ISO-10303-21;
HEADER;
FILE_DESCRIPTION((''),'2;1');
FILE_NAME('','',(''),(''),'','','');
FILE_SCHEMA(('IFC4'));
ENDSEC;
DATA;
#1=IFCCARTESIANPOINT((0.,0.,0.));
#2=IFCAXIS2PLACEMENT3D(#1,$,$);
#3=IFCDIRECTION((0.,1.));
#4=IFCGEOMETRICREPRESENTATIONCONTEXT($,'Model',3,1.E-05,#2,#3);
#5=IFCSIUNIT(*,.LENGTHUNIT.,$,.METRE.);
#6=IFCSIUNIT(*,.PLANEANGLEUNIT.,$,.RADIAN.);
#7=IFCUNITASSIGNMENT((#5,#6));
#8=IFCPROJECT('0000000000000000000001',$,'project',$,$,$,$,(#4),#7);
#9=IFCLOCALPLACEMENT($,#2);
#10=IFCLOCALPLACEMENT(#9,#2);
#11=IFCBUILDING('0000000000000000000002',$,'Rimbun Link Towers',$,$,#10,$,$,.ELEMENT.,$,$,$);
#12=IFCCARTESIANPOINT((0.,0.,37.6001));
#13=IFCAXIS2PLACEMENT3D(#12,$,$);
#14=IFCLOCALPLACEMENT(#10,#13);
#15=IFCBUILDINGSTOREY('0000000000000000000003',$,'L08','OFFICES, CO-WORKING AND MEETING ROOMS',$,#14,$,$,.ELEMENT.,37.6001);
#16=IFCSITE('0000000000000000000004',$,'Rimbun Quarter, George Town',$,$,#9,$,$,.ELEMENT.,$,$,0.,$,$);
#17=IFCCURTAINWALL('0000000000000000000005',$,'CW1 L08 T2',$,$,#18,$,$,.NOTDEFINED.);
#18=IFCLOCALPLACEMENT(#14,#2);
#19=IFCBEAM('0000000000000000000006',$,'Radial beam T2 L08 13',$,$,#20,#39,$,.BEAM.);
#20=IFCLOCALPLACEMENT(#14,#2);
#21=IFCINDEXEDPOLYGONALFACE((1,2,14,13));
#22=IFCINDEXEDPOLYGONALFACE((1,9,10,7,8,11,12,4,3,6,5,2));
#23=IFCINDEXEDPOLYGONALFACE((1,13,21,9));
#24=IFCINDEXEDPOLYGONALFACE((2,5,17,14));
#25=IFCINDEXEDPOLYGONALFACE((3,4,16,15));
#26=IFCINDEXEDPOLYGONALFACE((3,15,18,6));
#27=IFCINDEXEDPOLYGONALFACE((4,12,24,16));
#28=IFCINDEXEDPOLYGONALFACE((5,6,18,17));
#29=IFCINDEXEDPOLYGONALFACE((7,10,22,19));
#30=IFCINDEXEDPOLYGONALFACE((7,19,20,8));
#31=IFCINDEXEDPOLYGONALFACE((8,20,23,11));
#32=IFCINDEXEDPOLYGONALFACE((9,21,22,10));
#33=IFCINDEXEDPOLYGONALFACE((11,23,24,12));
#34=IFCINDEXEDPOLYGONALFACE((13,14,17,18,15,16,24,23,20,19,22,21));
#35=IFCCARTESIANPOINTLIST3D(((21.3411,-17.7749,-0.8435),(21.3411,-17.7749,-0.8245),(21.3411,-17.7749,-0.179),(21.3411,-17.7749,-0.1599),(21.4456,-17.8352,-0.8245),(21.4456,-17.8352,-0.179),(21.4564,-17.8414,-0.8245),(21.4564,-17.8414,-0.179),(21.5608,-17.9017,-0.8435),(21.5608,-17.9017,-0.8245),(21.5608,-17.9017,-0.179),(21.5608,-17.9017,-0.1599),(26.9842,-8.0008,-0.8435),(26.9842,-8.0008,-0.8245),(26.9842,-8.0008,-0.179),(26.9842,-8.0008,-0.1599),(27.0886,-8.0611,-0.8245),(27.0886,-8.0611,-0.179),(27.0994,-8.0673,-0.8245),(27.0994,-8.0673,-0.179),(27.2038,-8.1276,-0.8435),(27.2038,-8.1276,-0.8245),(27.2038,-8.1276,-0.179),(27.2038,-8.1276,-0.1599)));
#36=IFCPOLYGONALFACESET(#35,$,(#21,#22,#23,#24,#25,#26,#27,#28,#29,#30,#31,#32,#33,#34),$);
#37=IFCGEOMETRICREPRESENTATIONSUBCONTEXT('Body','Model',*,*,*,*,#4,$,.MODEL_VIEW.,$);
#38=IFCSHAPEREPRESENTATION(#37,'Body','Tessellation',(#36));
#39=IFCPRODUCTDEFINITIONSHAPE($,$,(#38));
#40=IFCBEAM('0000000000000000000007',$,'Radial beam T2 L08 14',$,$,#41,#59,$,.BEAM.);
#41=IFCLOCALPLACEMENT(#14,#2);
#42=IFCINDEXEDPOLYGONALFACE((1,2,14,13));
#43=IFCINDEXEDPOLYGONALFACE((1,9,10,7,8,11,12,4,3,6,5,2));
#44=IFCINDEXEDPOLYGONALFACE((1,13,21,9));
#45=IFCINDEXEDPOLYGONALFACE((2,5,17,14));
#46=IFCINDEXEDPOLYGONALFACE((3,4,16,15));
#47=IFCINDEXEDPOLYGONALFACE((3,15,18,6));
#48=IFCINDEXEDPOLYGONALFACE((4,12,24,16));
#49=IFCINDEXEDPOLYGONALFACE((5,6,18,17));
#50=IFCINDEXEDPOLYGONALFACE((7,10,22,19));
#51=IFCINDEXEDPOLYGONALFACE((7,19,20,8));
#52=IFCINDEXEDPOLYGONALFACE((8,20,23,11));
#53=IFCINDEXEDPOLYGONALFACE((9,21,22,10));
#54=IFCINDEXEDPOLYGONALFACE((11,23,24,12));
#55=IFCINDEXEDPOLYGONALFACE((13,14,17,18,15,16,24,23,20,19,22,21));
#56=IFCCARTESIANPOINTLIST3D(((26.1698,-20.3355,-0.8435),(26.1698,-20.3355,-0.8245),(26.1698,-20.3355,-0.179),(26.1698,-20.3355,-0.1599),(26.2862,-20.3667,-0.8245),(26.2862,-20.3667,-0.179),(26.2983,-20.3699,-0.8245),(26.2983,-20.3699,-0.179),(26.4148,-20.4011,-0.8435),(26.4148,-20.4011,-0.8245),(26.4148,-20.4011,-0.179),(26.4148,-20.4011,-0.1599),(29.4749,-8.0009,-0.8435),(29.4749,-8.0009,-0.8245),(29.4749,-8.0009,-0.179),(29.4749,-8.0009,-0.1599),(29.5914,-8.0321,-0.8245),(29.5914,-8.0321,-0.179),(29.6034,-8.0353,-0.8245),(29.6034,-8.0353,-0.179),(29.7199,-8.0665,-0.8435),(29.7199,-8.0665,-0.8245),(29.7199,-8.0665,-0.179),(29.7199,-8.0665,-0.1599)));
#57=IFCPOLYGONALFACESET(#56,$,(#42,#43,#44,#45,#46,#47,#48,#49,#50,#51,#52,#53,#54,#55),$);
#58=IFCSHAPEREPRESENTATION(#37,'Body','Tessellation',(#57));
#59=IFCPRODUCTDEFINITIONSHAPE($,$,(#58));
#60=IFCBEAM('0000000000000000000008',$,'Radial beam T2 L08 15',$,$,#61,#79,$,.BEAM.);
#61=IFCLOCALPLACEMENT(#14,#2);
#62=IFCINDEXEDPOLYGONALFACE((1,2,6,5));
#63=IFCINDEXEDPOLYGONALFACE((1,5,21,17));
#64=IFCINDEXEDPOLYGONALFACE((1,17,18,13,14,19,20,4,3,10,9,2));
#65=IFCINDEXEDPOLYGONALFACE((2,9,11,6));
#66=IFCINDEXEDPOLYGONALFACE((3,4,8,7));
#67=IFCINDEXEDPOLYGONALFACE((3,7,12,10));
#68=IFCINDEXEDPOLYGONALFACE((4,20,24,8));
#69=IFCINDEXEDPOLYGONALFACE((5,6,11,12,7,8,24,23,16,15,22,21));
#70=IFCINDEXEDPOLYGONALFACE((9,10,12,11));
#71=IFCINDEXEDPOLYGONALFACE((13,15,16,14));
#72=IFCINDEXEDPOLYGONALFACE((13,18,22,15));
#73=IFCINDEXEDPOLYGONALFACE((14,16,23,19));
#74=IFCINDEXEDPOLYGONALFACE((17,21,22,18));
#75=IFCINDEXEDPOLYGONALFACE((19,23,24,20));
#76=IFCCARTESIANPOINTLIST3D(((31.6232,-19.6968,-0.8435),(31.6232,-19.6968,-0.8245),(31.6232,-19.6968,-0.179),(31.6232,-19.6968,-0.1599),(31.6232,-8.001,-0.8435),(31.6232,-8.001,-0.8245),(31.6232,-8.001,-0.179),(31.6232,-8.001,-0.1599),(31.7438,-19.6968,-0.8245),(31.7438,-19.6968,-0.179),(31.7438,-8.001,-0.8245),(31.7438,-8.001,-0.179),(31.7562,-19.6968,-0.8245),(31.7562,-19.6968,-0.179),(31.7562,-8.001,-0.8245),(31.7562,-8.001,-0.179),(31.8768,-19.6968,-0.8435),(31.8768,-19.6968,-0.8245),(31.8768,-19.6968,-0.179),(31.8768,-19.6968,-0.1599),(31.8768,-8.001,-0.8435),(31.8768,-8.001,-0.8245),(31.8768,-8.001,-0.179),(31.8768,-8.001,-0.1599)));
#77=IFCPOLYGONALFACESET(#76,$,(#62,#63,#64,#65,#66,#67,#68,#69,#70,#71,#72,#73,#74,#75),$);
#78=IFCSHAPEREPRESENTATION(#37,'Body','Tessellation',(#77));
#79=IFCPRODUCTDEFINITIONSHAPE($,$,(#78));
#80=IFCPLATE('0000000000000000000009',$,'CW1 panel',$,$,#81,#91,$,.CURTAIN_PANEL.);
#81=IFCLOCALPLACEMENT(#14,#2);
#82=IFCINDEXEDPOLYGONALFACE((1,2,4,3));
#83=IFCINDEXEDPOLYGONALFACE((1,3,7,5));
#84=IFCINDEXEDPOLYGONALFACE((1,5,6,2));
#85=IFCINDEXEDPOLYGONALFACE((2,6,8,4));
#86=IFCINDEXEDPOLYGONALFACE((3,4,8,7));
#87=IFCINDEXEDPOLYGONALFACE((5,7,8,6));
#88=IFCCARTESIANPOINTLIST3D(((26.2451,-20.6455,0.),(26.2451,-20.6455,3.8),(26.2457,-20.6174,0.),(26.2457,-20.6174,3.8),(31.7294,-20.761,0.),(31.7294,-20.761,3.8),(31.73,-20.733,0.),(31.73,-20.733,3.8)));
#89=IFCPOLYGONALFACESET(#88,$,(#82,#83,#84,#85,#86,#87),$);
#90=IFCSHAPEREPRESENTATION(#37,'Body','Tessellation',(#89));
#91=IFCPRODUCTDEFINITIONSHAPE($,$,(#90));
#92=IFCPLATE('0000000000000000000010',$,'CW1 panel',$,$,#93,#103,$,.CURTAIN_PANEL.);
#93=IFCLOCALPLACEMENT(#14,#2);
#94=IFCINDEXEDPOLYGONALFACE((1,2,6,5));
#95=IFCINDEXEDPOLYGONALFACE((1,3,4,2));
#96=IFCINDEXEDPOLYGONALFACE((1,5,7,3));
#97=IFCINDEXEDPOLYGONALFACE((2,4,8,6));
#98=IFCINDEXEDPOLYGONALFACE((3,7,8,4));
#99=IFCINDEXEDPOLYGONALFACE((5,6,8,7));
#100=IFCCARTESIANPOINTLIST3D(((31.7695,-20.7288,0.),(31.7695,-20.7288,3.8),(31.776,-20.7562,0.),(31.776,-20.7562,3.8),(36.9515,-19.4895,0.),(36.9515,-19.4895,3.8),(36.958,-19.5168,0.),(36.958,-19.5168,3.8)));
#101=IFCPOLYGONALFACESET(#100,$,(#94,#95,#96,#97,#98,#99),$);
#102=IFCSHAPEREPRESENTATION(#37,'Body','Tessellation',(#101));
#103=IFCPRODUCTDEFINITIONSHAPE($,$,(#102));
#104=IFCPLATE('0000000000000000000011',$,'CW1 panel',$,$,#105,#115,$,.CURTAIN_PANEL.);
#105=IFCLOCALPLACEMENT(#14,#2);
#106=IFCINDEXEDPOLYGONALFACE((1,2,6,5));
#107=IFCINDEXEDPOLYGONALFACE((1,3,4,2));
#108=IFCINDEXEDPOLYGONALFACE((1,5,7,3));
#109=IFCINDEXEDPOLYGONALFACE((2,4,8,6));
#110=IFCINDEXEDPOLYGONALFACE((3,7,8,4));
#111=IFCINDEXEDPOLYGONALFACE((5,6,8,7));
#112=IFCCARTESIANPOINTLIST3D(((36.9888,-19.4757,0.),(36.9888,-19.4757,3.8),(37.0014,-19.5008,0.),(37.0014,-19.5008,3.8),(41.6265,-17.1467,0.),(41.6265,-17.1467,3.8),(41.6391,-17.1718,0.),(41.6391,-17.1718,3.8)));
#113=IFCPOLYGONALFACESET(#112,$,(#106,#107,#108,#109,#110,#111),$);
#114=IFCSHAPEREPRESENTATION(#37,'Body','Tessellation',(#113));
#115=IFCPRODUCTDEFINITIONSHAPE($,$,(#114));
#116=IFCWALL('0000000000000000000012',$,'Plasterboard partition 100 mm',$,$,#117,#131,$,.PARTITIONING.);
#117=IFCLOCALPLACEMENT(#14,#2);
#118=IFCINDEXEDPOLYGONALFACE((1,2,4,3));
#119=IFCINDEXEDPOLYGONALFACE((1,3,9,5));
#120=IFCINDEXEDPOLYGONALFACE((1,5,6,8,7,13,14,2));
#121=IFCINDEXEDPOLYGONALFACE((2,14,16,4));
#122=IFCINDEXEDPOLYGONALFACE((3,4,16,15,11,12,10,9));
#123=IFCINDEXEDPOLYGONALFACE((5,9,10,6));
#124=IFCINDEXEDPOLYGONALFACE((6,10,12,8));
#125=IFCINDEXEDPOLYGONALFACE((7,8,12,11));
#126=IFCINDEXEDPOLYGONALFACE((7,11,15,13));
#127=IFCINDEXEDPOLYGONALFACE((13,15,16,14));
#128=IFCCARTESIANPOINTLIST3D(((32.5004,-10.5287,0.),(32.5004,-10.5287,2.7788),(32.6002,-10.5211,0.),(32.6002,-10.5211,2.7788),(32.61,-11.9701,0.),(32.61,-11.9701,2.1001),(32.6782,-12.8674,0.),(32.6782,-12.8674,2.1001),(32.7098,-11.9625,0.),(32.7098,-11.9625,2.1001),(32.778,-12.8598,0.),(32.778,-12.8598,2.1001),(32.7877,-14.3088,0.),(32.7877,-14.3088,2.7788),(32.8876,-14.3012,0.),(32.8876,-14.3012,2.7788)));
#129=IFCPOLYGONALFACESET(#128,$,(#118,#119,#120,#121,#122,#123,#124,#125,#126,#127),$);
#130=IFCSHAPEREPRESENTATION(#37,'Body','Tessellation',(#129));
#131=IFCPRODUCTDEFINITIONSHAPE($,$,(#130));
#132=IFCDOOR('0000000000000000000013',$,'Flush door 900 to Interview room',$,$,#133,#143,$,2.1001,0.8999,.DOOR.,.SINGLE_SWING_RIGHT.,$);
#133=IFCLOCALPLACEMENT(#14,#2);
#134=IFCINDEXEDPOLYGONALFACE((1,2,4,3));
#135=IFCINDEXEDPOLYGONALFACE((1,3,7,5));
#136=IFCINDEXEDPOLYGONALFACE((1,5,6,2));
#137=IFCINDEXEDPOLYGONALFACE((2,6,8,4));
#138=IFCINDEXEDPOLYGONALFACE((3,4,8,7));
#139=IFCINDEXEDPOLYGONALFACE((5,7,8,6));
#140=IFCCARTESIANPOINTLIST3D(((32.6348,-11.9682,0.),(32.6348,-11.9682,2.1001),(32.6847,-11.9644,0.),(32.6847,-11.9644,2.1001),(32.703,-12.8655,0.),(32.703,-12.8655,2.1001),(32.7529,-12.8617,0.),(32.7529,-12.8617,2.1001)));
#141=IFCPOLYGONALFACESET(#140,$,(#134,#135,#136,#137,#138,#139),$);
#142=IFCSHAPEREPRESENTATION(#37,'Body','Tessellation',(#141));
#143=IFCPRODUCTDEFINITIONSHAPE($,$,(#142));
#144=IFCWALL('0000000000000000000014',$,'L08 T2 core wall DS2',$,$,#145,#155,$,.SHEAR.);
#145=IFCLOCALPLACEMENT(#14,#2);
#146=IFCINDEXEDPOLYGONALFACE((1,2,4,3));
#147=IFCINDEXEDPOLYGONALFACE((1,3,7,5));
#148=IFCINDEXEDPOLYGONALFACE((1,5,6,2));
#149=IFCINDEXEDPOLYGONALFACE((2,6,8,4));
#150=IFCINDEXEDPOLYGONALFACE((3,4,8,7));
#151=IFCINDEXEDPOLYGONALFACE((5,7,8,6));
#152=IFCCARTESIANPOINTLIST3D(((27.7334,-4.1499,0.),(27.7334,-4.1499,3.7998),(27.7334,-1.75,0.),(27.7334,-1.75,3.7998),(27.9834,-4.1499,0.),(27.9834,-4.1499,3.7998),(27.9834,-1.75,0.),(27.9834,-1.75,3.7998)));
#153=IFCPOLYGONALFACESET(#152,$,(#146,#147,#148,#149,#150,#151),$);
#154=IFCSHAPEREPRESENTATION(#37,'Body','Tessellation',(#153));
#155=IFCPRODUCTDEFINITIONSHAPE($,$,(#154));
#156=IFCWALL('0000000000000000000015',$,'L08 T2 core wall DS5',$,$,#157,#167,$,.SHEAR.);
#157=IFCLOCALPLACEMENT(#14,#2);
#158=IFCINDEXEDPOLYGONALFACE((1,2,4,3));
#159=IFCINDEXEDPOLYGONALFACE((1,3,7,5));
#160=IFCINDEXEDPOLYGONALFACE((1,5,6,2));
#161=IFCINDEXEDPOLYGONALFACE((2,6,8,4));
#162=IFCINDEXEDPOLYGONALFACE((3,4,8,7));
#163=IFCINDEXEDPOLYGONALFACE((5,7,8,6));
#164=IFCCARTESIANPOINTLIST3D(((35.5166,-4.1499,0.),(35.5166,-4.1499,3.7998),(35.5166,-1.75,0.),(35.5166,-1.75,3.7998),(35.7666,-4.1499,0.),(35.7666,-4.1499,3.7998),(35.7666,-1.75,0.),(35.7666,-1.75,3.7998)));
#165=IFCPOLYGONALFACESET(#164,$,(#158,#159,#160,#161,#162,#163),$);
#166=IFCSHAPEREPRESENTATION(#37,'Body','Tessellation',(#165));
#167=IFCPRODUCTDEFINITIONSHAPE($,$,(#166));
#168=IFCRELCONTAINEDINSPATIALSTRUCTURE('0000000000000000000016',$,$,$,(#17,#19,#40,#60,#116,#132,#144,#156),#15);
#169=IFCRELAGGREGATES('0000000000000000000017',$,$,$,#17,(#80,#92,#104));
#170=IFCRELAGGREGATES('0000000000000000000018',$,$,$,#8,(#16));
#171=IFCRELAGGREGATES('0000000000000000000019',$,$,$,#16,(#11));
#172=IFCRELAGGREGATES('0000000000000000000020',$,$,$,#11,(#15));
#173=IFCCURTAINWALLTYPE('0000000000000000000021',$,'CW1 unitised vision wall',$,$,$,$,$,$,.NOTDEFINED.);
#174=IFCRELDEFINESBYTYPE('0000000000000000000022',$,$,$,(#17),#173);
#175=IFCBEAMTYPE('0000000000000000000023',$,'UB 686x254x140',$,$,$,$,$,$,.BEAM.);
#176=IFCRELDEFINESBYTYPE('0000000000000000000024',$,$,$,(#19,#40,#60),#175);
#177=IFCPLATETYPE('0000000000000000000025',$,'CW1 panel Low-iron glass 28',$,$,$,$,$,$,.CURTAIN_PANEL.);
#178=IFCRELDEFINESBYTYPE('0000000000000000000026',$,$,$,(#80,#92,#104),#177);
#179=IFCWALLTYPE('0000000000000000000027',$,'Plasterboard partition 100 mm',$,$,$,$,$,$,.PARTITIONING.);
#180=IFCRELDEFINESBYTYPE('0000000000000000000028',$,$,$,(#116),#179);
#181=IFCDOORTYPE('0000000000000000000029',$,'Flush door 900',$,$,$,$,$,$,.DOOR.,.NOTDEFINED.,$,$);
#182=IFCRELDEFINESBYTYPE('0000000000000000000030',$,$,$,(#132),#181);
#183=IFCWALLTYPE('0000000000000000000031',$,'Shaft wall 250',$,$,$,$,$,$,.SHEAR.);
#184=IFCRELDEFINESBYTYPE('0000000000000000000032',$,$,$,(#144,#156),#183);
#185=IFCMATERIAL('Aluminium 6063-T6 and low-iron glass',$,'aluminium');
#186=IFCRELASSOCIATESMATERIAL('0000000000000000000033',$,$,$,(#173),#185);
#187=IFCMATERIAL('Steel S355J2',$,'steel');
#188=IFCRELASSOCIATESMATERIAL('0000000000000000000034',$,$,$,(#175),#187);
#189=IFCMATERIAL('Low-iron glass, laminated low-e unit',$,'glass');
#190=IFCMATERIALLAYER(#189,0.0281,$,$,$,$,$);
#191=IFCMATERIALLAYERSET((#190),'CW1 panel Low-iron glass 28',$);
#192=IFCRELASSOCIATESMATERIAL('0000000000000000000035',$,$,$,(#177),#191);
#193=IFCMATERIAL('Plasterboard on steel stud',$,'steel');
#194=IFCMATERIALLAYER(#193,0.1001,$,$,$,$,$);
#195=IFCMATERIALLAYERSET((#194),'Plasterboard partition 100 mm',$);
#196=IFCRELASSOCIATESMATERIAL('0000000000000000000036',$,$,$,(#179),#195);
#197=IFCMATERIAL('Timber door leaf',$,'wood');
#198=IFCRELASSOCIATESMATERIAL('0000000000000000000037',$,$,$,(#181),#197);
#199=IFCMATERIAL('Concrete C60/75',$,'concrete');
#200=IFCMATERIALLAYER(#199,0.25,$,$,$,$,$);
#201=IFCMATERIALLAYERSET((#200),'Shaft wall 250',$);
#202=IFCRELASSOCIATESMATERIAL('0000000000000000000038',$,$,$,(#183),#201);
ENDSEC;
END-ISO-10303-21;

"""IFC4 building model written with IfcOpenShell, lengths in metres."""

from ifc_helpers import new_model, si_unit, direction, frame, frame_2d, origin, origin_2d, place, context, subcontext, project, spatial, rectangle, i_section, extrude, material, layer, layer_set, material_profile, profile_set, type_object, element, fill, aggregate, save


model = new_model("IFC4")

# Units and contexts
model_context = context("Model", 3, precision=1e-05, world=origin(), true_north=direction((0.0, 1.0)))
body_context = subcontext(model_context, "Body", "Model", "MODEL_VIEW")
ifc_project = project(units=[si_unit("LENGTHUNIT", "METRE"), si_unit("PLANEANGLEUNIT", "RADIAN")], contexts=[model_context])

# Site, building, storey
site_placement = place(None, origin())
site = spatial("IfcSite", under=ifc_project, at=site_placement, Name="Rimbun Quarter, George Town", CompositionType="ELEMENT", RefElevation=0.0)
building_placement = place(site_placement, origin())
building = spatial("IfcBuilding", under=site, at=building_placement, Name="Rimbun Link Towers", CompositionType="ELEMENT")
storey_placement = place(building_placement, frame((0.0, 0.0, 37.6001)))
storey = spatial("IfcBuildingStorey", under=building, at=storey_placement, Name="L08", Description="OFFICES, CO-WORKING AND MEETING ROOMS", CompositionType="ELEMENT", Elevation=37.6001)

# Curtain wall
ifc_material_1 = material(Name="Aluminium 6063-T6 and low-iron glass", Category="aluminium")
curtain_wall_type = type_object("IfcCurtainWallType", Name="CW1 unitised vision wall", PredefinedType="NOTDEFINED", material=ifc_material_1)
curtain_wall_placement = place(storey_placement, origin())
curtain_wall = element("IfcCurtainWall", 1, at=curtain_wall_placement, inside=storey, type_object=curtain_wall_type, Name="CW1 L08 T2", PredefinedType="NOTDEFINED")

# Beams
ifc_material_2 = material(Name="Steel S355J2", Category="steel")
ifc_material_profile_1 = material_profile(ifc_material_2, i_section(OverallWidth=0.2537, OverallDepth=0.6836, WebThickness=0.0125, FlangeThickness=0.019, at=origin_2d()), Name="UB 686x254x140")
ifc_profile_set_1 = profile_set([ifc_material_profile_1], Name="Steel S355J2")
beam_type_1 = type_object("IfcBeamType", Name="UB 686x254x140", PredefinedType="BEAM", material=ifc_profile_set_1)
beam_1_placement = place(storey_placement, frame((27.094, -8.0642, -0.5017), z_axis=(-0.499996, -0.866027, 0.0), x_axis=(0.866027, -0.499996, 0.0)))
element("IfcBeam", 2, at=beam_1_placement, inside=storey, type_object=beam_type_1, Name="Radial beam T2 L08 13", PredefinedType="BEAM", context=body_context, shape_type="SweptSolid", body=[
    extrude(i_section(OverallWidth=0.2537, OverallDepth=0.6836, WebThickness=0.0125, FlangeThickness=0.019, at=origin_2d()), origin(), (0.0, 0.0, 1.0), 11.2861),
])
beam_2_placement = place(storey_placement, frame((29.5974, -8.0337, -0.5017), z_axis=(-0.258826, -0.965924, 0.0), x_axis=(0.965924, -0.258826, 0.0)))
element("IfcBeam", 3, at=beam_2_placement, inside=storey, type_object=beam_type_1, Name="Radial beam T2 L08 14", PredefinedType="BEAM", context=body_context, shape_type="SweptSolid", body=[
    extrude(i_section(OverallWidth=0.2537, OverallDepth=0.6836, WebThickness=0.0125, FlangeThickness=0.019, at=origin_2d()), origin(), (0.0, 0.0, 1.0), 12.7698),
])
beam_3_placement = place(storey_placement, frame((31.75, -8.001, -0.5017), z_axis=(0.0, -1.0, 0.0), x_axis=(1.0, 0.0, 0.0)))
element("IfcBeam", 4, at=beam_3_placement, inside=storey, type_object=beam_type_1, Name="Radial beam T2 L08 15", PredefinedType="BEAM", context=body_context, shape_type="SweptSolid", body=[
    extrude(i_section(OverallWidth=0.2537, OverallDepth=0.6836, WebThickness=0.0125, FlangeThickness=0.019, at=origin_2d()), origin(), (0.0, 0.0, 1.0), 11.6958),
])

# Plates
ifc_material_3 = material(Name="Low-iron glass, laminated low-e unit", Category="glass")
ifc_layer_1 = layer(ifc_material_3, 0.0281)
ifc_layer_set_1 = layer_set([ifc_layer_1], Name="CW1 panel Low-iron glass 28")
plate_type = type_object("IfcPlateType", Name="CW1 panel Low-iron glass 28", PredefinedType="CURTAIN_PANEL", material=ifc_layer_set_1)
plate_1_placement = place(storey_placement, frame((28.9875, -20.6892, 0.0), z_axis=(0.0, 0.0, 1.0), x_axis=(-0.999778, 0.021066, 0.0)))
plate_1 = element("IfcPlate", 5, at=plate_1_placement, type_object=plate_type, Name="CW1 panel", PredefinedType="CURTAIN_PANEL", context=body_context, shape_type="SweptSolid", body=[
    extrude(rectangle(XDim=5.4856, YDim=0.0281, at=origin_2d()), origin(), (0.0, 0.0, 1.0), 3.8),
])
plate_2_placement = place(storey_placement, frame((34.3638, -20.1228, 0.0), z_axis=(0.0, 0.0, 1.0), x_axis=(-0.972569, -0.232613, 0.0)))
plate_2 = element("IfcPlate", 6, at=plate_2_placement, type_object=plate_type, Name="CW1 panel", PredefinedType="CURTAIN_PANEL", context=body_context, shape_type="SweptSolid", body=[
    extrude(rectangle(XDim=5.3281, YDim=0.0281, at=origin_2d()), origin(), (0.0, 0.0, 1.0), 3.8),
])
plate_3_placement = place(storey_placement, frame((39.314, -18.3237, 0.0), z_axis=(0.0, 0.0, 1.0), x_axis=(-0.893646, -0.448773, 0.0)))
plate_3 = element("IfcPlate", 7, at=plate_3_placement, type_object=plate_type, Name="CW1 panel", PredefinedType="CURTAIN_PANEL", context=body_context, shape_type="SweptSolid", body=[
    extrude(rectangle(XDim=5.1897, YDim=0.0281, at=origin_2d()), origin(), (0.0, 0.0, 1.0), 3.8),
])
aggregate(curtain_wall, [plate_1, plate_2, plate_3])

# Wall, opening, door
ifc_material_4 = material(Name="Plasterboard on steel stud", Category="steel")
ifc_layer_2 = layer(ifc_material_4, 0.1001)
ifc_layer_set_2 = layer_set([ifc_layer_2], Name="Plasterboard partition 100 mm")
wall_type_1 = type_object("IfcWallType", Name="Plasterboard partition 100 mm", PredefinedType="PARTITIONING", material=ifc_layer_set_2)
wall_1_placement = place(storey_placement, frame((32.5503, -10.5249, 0.0), z_axis=(0.0, 0.0, 1.0), x_axis=(0.0758, -0.997123, 0.0)))
wall_1 = element("IfcWall", 8, at=wall_1_placement, inside=storey, type_object=wall_type_1, Name="Plasterboard partition 100 mm", PredefinedType="PARTITIONING", context=body_context, shape_type="SweptSolid", body=[
    extrude(rectangle(XDim=3.791, YDim=0.1001, at=frame_2d((1.8955, 0.0))), origin(), (0.0, 0.0, 1.0), 2.7788),
])
opening_1_placement = place(wall_1_placement, frame((1.4456, 0.0, 0.0)))
opening_1 = element("IfcOpeningElement", 9, at=opening_1_placement, cuts=wall_1, PredefinedType="OPENING", context=body_context, shape_type="SweptSolid", body=[
    extrude(rectangle(XDim=0.8999, YDim=2.1001, at=frame_2d((0.45, 1.05))), frame((0.0, 0.0601, 0.0), z_axis=(0.0, -1.0, 0.0), x_axis=(1.0, 0.0, 0.0)), (0.0, 0.0, 1.0), 0.1201),
])
ifc_material_5 = material(Name="Timber door leaf", Category="wood")
door_type_1 = type_object("IfcDoorType", Name="Flush door 900", OperationType="NOTDEFINED", PredefinedType="DOOR", material=ifc_material_5)
door_1_placement = place(opening_1_placement, origin())
door_1 = element("IfcDoor", 10, at=door_1_placement, inside=storey, type_object=door_type_1, Name="Flush door 900 to Interview room", OperationType="SINGLE_SWING_RIGHT", OverallHeight=2.1001, OverallWidth=0.8999, PredefinedType="DOOR", context=body_context, shape_type="SweptSolid", body=[
    extrude(rectangle(XDim=0.8999, YDim=2.1001, at=frame_2d((0.45, 1.05))), frame((0.0, 0.0249, 0.0), z_axis=(0.0, -1.0, 0.0), x_axis=(1.0, 0.0, 0.0)), (0.0, 0.0, 1.0), 0.05),
])
fill(opening_1, door_1)

# Walls
ifc_material_6 = material(Name="Concrete C60/75", Category="concrete")
ifc_layer_3 = layer(ifc_material_6, 0.25)
ifc_layer_set_3 = layer_set([ifc_layer_3], Name="Shaft wall 250")
wall_type_2 = type_object("IfcWallType", Name="Shaft wall 250", PredefinedType="SHEAR", material=ifc_layer_set_3)
for number, where, z_axis, x_axis, name in (
    (11, (27.8584, -4.1499, 0.0), (0.0, 0.0, 1.0), (0.0, 1.0, 0.0), "L08 T2 core wall DS2"),
    (12, (35.6416, -4.1499, 0.0), (0.0, 0.0, 1.0), (0.0, 1.0, 0.0), "L08 T2 core wall DS5"),
):
    element("IfcWall", number, at=place(storey_placement, frame(where, z_axis=z_axis, x_axis=x_axis)), inside=storey, type_object=wall_type_2, Name=name, PredefinedType="SHEAR", context=body_context, shape_type="SweptSolid", body=[
        extrude(rectangle(XDim=2.3999, YDim=0.25, at=frame_2d((1.2, 0.0))), origin(), (0.0, 0.0, 1.0), 3.7998),
    ])

save(model, "model.ifc")
